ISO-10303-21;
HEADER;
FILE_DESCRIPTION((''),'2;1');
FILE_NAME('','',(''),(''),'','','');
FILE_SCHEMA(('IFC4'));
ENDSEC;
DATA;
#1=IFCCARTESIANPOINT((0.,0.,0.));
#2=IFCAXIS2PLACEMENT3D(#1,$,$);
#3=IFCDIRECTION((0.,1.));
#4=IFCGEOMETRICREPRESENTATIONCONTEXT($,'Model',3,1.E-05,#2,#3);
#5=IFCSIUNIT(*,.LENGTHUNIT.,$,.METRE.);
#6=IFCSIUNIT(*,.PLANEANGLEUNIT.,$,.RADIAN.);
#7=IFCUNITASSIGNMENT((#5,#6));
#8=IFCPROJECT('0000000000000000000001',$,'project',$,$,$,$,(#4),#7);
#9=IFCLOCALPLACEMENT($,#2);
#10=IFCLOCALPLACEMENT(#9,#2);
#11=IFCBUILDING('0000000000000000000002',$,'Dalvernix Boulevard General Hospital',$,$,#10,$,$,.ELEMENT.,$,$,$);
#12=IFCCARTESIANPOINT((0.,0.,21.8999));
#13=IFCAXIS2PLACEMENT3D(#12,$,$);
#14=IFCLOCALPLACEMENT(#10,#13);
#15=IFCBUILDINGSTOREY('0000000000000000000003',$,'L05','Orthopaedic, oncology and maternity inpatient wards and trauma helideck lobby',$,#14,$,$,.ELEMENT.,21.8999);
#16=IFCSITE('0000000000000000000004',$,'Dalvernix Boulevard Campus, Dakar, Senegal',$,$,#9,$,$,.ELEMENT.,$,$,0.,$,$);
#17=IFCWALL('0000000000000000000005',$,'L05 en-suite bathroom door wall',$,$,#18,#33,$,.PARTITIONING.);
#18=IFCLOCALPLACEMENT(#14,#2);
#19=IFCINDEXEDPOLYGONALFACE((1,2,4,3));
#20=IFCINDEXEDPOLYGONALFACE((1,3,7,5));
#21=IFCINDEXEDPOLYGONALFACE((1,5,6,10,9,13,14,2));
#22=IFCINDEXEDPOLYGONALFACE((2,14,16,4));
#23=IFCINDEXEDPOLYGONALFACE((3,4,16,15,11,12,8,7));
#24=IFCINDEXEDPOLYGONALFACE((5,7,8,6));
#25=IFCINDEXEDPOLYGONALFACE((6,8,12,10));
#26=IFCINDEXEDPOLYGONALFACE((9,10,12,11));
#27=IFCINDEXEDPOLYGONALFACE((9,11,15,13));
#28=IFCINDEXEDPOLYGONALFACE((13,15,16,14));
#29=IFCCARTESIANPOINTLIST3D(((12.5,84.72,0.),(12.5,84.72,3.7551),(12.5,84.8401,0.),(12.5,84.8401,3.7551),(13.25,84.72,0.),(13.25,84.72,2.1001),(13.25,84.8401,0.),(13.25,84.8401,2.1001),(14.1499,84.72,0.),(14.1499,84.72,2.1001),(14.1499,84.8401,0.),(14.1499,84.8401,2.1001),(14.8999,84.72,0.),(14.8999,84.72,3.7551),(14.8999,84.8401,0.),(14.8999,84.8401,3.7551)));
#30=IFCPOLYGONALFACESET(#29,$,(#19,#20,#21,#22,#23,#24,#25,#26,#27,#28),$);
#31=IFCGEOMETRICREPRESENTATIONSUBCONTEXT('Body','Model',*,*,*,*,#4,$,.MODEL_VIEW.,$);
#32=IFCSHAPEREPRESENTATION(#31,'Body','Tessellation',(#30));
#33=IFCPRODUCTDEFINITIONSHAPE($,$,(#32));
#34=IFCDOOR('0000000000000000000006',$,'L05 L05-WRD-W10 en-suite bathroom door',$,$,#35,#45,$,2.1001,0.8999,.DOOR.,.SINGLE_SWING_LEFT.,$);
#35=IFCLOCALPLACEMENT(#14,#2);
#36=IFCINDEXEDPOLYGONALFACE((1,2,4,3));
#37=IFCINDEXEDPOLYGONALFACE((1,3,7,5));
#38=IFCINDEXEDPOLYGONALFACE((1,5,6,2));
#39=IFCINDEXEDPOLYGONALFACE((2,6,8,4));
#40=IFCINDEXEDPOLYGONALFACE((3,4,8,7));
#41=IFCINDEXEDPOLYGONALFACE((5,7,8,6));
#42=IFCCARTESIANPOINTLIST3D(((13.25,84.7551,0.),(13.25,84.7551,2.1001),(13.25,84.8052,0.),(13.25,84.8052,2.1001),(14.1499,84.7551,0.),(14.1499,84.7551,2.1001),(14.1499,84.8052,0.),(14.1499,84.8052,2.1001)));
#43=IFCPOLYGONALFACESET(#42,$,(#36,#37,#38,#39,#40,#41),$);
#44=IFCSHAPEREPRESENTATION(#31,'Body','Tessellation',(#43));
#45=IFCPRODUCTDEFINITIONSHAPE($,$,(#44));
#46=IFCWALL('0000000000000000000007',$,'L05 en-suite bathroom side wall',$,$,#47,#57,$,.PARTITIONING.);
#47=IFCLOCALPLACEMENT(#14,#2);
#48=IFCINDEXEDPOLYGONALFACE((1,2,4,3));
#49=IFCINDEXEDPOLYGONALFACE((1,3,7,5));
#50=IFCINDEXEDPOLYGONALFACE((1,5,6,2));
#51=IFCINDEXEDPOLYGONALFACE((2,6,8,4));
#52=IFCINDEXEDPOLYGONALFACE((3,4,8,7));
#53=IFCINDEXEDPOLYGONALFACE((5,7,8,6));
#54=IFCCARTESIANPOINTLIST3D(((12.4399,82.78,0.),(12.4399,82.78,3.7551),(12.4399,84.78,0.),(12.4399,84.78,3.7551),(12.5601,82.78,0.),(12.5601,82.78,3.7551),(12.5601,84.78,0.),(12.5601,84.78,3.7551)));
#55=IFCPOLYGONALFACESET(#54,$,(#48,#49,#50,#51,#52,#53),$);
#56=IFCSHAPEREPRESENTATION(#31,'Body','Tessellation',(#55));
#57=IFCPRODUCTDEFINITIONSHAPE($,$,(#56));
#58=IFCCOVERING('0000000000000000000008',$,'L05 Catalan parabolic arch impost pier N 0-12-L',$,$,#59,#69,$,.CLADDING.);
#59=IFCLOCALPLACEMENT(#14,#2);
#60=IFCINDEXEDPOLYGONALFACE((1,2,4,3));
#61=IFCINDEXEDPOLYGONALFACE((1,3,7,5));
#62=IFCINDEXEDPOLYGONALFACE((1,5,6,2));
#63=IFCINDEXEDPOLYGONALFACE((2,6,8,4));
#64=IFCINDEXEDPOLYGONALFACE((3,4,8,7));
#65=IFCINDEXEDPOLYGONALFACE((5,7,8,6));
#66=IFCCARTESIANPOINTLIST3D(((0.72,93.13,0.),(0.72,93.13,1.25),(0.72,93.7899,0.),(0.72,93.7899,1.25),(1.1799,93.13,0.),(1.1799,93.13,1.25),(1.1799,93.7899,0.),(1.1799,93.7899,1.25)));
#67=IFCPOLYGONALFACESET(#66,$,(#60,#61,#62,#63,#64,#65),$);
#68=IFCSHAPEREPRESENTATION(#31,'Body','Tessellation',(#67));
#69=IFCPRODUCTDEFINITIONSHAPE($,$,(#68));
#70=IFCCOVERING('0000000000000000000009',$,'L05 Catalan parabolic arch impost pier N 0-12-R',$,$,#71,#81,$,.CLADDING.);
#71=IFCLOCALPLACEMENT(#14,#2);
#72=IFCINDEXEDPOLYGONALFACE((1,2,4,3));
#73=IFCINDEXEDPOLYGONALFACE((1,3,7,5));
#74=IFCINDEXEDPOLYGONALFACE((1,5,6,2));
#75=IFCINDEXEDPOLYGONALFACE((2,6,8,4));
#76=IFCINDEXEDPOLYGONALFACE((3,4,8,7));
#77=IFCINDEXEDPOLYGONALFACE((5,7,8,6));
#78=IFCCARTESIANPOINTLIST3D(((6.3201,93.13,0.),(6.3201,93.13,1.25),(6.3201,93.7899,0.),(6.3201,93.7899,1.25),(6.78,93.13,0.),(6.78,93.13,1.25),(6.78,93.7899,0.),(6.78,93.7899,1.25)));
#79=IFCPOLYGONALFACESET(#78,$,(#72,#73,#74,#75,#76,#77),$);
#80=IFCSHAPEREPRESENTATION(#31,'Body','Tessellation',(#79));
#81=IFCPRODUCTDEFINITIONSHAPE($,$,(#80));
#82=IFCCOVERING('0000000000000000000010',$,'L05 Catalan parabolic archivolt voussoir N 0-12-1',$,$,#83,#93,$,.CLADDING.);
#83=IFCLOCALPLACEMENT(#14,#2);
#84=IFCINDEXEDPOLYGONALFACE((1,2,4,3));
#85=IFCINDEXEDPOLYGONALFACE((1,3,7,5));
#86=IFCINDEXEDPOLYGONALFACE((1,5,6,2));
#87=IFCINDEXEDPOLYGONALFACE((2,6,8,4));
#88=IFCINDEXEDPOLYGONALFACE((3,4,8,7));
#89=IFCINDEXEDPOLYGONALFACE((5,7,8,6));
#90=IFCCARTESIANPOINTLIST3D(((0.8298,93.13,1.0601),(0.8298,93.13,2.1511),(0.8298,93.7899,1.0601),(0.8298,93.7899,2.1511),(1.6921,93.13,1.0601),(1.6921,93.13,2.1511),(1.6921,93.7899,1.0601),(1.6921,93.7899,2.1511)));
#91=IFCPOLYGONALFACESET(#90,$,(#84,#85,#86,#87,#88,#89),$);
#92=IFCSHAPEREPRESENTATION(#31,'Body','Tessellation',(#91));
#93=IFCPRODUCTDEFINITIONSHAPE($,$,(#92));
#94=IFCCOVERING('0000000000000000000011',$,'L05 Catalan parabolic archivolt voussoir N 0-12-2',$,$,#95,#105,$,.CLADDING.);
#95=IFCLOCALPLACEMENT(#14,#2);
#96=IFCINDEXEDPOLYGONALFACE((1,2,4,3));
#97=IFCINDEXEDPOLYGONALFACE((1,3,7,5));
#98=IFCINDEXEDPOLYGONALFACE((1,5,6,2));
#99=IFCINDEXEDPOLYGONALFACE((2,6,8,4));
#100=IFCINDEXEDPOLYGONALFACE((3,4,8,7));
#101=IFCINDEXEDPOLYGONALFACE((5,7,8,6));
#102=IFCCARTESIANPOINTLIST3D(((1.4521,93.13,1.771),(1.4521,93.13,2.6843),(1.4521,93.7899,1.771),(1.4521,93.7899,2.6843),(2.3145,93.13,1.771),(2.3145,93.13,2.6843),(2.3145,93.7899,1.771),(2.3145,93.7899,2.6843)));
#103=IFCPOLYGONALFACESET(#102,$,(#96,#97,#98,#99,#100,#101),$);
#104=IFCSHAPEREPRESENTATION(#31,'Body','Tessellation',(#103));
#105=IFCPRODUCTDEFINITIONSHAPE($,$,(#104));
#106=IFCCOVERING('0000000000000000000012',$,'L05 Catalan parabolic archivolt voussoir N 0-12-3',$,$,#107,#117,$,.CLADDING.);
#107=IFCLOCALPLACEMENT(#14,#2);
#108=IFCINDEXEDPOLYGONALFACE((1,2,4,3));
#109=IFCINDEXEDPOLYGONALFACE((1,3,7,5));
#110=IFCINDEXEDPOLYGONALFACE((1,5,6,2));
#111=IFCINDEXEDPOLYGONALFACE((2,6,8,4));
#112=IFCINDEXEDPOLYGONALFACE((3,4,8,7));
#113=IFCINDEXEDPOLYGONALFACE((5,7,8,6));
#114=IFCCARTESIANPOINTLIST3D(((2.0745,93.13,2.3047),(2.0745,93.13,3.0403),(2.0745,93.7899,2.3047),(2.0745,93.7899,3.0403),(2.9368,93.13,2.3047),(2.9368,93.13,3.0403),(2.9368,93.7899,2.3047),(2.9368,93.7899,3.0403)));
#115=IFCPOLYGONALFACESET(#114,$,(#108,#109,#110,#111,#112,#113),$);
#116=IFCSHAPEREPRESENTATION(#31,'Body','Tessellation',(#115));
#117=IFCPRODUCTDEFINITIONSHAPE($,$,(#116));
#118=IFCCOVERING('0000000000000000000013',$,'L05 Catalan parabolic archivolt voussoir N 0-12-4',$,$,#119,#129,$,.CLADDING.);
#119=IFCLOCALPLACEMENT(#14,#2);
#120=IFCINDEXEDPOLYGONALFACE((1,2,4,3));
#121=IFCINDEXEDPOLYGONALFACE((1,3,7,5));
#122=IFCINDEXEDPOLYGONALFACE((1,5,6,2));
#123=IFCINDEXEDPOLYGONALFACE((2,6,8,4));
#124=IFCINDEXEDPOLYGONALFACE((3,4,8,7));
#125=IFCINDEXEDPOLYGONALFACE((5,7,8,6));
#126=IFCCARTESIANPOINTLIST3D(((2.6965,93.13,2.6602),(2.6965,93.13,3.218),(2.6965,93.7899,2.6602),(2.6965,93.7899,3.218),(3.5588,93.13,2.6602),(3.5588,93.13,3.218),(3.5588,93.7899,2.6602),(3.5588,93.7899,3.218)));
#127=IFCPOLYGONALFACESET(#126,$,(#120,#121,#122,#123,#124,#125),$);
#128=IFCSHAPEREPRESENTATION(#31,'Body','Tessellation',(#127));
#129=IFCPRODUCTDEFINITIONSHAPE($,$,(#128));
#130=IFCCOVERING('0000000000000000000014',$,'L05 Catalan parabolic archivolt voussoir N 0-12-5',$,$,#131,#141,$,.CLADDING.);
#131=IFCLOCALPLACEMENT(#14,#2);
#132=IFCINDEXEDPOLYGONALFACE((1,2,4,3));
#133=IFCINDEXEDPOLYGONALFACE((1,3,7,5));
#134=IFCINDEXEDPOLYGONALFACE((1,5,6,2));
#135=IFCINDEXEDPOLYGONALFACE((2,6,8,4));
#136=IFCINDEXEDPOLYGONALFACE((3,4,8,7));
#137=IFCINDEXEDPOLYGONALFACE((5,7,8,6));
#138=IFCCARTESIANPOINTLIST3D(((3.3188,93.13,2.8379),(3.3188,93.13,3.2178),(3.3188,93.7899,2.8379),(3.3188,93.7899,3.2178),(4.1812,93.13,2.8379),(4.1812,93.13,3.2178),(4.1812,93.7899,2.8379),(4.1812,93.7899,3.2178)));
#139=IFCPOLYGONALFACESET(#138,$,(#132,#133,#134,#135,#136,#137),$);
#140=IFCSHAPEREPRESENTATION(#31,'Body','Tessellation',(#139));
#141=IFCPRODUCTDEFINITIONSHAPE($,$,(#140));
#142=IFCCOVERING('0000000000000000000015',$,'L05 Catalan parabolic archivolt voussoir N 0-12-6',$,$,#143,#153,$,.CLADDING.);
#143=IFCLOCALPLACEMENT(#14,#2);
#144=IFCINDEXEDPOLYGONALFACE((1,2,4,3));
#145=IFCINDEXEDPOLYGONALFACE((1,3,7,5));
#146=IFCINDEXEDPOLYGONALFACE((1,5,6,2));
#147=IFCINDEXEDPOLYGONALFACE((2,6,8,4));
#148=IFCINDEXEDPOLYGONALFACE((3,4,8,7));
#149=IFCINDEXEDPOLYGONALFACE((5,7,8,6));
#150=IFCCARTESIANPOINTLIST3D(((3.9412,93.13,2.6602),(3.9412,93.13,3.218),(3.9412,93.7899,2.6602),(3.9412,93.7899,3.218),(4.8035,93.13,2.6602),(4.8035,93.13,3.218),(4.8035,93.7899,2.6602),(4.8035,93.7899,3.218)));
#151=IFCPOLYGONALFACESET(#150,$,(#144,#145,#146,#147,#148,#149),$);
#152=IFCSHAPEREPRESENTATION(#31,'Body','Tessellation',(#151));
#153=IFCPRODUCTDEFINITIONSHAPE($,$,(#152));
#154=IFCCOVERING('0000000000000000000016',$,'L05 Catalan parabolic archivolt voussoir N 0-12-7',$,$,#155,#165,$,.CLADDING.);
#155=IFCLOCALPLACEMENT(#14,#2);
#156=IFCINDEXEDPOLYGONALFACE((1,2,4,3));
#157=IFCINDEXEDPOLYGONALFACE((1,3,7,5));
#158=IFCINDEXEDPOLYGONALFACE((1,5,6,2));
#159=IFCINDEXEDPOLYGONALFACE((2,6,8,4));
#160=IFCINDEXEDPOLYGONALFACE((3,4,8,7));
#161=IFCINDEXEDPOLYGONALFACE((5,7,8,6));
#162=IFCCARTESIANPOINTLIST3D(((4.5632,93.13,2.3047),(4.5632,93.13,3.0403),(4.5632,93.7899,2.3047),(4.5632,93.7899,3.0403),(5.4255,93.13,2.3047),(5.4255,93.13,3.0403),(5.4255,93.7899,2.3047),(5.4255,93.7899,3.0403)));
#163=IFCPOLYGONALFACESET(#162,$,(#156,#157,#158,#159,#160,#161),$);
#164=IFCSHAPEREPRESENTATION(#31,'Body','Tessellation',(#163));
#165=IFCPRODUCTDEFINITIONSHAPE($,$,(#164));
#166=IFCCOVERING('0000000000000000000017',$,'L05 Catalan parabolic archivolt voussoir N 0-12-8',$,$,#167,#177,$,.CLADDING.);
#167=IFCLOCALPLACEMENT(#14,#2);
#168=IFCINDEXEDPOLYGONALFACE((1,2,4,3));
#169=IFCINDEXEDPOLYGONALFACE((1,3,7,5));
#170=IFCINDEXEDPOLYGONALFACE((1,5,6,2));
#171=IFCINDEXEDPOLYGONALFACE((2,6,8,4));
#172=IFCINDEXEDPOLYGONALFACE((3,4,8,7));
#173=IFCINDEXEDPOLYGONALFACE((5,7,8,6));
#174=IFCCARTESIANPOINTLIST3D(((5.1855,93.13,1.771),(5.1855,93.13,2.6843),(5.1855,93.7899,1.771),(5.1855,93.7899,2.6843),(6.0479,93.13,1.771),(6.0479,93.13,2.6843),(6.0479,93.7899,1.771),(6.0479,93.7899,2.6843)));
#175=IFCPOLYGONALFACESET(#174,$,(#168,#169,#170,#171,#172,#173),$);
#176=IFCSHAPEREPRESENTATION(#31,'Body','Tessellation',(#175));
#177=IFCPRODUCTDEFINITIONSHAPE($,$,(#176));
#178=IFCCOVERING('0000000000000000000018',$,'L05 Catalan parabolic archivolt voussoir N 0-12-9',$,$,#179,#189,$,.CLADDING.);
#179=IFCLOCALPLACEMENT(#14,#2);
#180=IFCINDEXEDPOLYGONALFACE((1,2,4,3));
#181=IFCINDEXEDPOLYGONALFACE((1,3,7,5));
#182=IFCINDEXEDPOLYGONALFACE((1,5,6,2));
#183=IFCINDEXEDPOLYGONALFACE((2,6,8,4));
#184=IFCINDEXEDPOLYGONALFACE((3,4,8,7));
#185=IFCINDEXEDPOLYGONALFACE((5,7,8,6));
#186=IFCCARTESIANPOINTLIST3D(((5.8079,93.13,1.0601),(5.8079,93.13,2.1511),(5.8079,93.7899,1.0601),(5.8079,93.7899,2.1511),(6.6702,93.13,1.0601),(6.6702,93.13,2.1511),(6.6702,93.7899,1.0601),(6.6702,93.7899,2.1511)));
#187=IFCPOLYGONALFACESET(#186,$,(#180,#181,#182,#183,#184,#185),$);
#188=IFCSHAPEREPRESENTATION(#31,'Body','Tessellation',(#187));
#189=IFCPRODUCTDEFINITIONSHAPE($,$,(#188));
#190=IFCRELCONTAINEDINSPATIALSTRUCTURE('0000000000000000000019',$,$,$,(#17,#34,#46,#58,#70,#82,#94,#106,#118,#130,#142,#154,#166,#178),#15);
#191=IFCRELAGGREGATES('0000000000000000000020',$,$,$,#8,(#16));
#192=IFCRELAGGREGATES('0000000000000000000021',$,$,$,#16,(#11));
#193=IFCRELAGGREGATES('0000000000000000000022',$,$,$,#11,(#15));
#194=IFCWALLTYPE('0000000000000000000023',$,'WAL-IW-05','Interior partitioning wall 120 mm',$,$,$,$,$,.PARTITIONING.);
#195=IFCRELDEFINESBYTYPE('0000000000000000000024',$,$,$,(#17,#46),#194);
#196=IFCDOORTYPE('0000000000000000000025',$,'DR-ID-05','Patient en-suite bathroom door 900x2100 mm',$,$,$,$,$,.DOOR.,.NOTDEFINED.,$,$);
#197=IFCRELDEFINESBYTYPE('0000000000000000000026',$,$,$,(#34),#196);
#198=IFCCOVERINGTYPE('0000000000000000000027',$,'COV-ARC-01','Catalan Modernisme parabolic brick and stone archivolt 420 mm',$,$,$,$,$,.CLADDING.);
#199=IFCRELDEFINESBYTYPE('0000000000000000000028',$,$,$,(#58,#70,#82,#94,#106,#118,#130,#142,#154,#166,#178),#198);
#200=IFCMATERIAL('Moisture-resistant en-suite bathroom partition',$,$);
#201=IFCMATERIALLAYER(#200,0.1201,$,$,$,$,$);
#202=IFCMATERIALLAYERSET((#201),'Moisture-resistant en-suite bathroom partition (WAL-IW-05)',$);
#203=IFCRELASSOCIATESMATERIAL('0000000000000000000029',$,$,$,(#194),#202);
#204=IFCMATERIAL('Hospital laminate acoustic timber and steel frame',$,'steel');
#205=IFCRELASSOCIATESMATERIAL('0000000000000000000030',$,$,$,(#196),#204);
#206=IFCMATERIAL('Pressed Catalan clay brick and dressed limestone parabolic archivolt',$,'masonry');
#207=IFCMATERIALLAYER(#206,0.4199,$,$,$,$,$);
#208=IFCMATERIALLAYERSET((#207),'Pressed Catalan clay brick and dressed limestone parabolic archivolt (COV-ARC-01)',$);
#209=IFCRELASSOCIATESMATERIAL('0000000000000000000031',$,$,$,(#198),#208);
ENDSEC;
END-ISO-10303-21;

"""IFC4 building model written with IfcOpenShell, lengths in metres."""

from ifc_helpers import new_model, si_unit, direction, frame, frame_2d, origin, origin_2d, place, context, subcontext, project, spatial, rectangle, extrude, material, layer, layer_set, type_object, element, fill, save


model = new_model("IFC4")

# Units and contexts
model_context = context("Model", 3, precision=1e-05, world=origin(), true_north=direction((0.0, 1.0)))
body_context = subcontext(model_context, "Body", "Model", "MODEL_VIEW")
ifc_project = project(units=[si_unit("LENGTHUNIT", "METRE"), si_unit("PLANEANGLEUNIT", "RADIAN")], contexts=[model_context])

# Site, building, storey
site_placement = place(None, origin())
site = spatial("IfcSite", under=ifc_project, at=site_placement, Name="Dalvernix Boulevard Campus, Dakar, Senegal", CompositionType="ELEMENT", RefElevation=0.0)
building_placement = place(site_placement, origin())
building = spatial("IfcBuilding", under=site, at=building_placement, Name="Dalvernix Boulevard General Hospital", CompositionType="ELEMENT")
storey_placement = place(building_placement, frame((0.0, 0.0, 21.8999)))
storey = spatial("IfcBuildingStorey", under=building, at=storey_placement, Name="L05", Description="Orthopaedic, oncology and maternity inpatient wards and trauma helideck lobby", CompositionType="ELEMENT", Elevation=21.8999)

# Shared definitions
ifc_material_1 = material(Name="Hospital laminate acoustic timber and steel frame", Category="steel")

# Wall, opening, door
ifc_material_2 = material(Name="Moisture-resistant en-suite bathroom partition")
ifc_layer_1 = layer(ifc_material_2, 0.1201)
ifc_layer_set_1 = layer_set([ifc_layer_1], Name="Moisture-resistant en-suite bathroom partition (WAL-IW-05)")
wall_type_1 = type_object("IfcWallType", Name="WAL-IW-05", Description="Interior partitioning wall 120 mm", PredefinedType="PARTITIONING", material=ifc_layer_set_1)
wall_1_placement = place(storey_placement, frame((14.8999, 84.78, 0.0), z_axis=(0.0, 0.0, 1.0), x_axis=(-1.0, 0.0, 0.0)))
wall_1 = element("IfcWall", 1, at=wall_1_placement, inside=storey, type_object=wall_type_1, Name="L05 en-suite bathroom door wall", PredefinedType="PARTITIONING", context=body_context, shape_type="SweptSolid", body=[
    extrude(rectangle(XDim=2.3999, YDim=0.1201, at=frame_2d((1.2, 0.0))), origin(), (0.0, 0.0, 1.0), 3.7551),
])
opening_1_placement = place(wall_1_placement, frame((0.75, 0.0, 0.0)))
opening_1 = element("IfcOpeningElement", 2, at=opening_1_placement, cuts=wall_1, PredefinedType="OPENING", context=body_context, shape_type="SweptSolid", body=[
    extrude(rectangle(XDim=0.8999, YDim=2.1001, at=frame_2d((0.45, 1.05))), frame((0.0, 0.0701, 0.0), z_axis=(0.0, -1.0, 0.0), x_axis=(1.0, 0.0, 0.0)), (0.0, 0.0, 1.0), 0.1401),
])
door_type_1 = type_object("IfcDoorType", Name="DR-ID-05", Description="Patient en-suite bathroom door 900x2100 mm", OperationType="NOTDEFINED", PredefinedType="DOOR", material=ifc_material_1)
door_1_placement = place(opening_1_placement, origin())
door_1 = element("IfcDoor", 3, at=door_1_placement, inside=storey, type_object=door_type_1, Name="L05 L05-WRD-W10 en-suite bathroom door", OperationType="SINGLE_SWING_LEFT", OverallHeight=2.1001, OverallWidth=0.8999, PredefinedType="DOOR", context=body_context, shape_type="SweptSolid", body=[
    extrude(rectangle(XDim=0.8999, YDim=2.1001, at=frame_2d((0.45, 1.05))), frame((0.0, 0.0249, 0.0), z_axis=(0.0, -1.0, 0.0), x_axis=(1.0, 0.0, 0.0)), (0.0, 0.0, 1.0), 0.05),
])
fill(opening_1, door_1)

# Wall
wall_2_placement = place(storey_placement, frame((12.5, 82.78, 0.0), z_axis=(0.0, 0.0, 1.0), x_axis=(0.0, 1.0, 0.0)))
element("IfcWall", 4, at=wall_2_placement, inside=storey, type_object=wall_type_1, Name="L05 en-suite bathroom side wall", PredefinedType="PARTITIONING", context=body_context, shape_type="SweptSolid", body=[
    extrude(rectangle(XDim=2.0, YDim=0.1201, at=frame_2d((1.0, 0.0))), origin(), (0.0, 0.0, 1.0), 3.7551),
])

# Coverings
ifc_material_3 = material(Name="Pressed Catalan clay brick and dressed limestone parabolic archivolt", Category="masonry")
ifc_layer_2 = layer(ifc_material_3, 0.4199)
ifc_layer_set_2 = layer_set([ifc_layer_2], Name="Pressed Catalan clay brick and dressed limestone parabolic archivolt (COV-ARC-01)")
covering_type_1 = type_object("IfcCoveringType", Name="COV-ARC-01", Description="Catalan Modernisme parabolic brick and stone archivolt 420 mm", PredefinedType="CLADDING", material=ifc_layer_set_2)
for number, where, z_axis, x_axis, name in (
    (5, (0.95, 93.46, 0.0), (0.0, 0.0, 1.0), (1.0, 0.0, 0.0), "L05 Catalan parabolic arch impost pier N 0-12-L"),
    (6, (6.55, 93.46, 0.0), (0.0, 0.0, 1.0), (1.0, 0.0, 0.0), "L05 Catalan parabolic arch impost pier N 0-12-R"),
):
    element("IfcCovering", number, at=place(storey_placement, frame(where, z_axis=z_axis, x_axis=x_axis)), inside=storey, type_object=covering_type_1, Name=name, PredefinedType="CLADDING", context=body_context, shape_type="SweptSolid", body=[
        extrude(rectangle(XDim=0.46, YDim=0.6599, at=origin_2d()), origin(), (0.0, 0.0, 1.0), 1.25),
    ])
covering_1_placement = place(storey_placement, frame((1.261, 93.46, 1.0601), z_axis=(0.0, 0.0, 1.0), x_axis=(1.0, 0.0, 0.0)))
element("IfcCovering", 7, at=covering_1_placement, inside=storey, type_object=covering_type_1, Name="L05 Catalan parabolic archivolt voussoir N 0-12-1", PredefinedType="CLADDING", context=body_context, shape_type="SweptSolid", body=[
    extrude(rectangle(XDim=0.8623, YDim=0.6599, at=origin_2d()), origin(), (0.0, 0.0, 1.0), 1.0911),
])
covering_2_placement = place(storey_placement, frame((1.8833, 93.46, 1.771), z_axis=(0.0, 0.0, 1.0), x_axis=(1.0, 0.0, 0.0)))
element("IfcCovering", 8, at=covering_2_placement, inside=storey, type_object=covering_type_1, Name="L05 Catalan parabolic archivolt voussoir N 0-12-2", PredefinedType="CLADDING", context=body_context, shape_type="SweptSolid", body=[
    extrude(rectangle(XDim=0.8623, YDim=0.6599, at=origin_2d()), origin(), (0.0, 0.0, 1.0), 0.9133),
])
covering_3_placement = place(storey_placement, frame((2.5056, 93.46, 2.3047), z_axis=(0.0, 0.0, 1.0), x_axis=(1.0, 0.0, 0.0)))
element("IfcCovering", 9, at=covering_3_placement, inside=storey, type_object=covering_type_1, Name="L05 Catalan parabolic archivolt voussoir N 0-12-3", PredefinedType="CLADDING", context=body_context, shape_type="SweptSolid", body=[
    extrude(rectangle(XDim=0.8623, YDim=0.6599, at=origin_2d()), origin(), (0.0, 0.0, 1.0), 0.7356),
])
covering_4_placement = place(storey_placement, frame((3.1277, 93.46, 2.6602), z_axis=(0.0, 0.0, 1.0), x_axis=(1.0, 0.0, 0.0)))
element("IfcCovering", 10, at=covering_4_placement, inside=storey, type_object=covering_type_1, Name="L05 Catalan parabolic archivolt voussoir N 0-12-4", PredefinedType="CLADDING", context=body_context, shape_type="SweptSolid", body=[
    extrude(rectangle(XDim=0.8623, YDim=0.6599, at=origin_2d()), origin(), (0.0, 0.0, 1.0), 0.5579),
])
covering_5_placement = place(storey_placement, frame((3.75, 93.46, 2.8379), z_axis=(0.0, 0.0, 1.0), x_axis=(1.0, 0.0, 0.0)))
element("IfcCovering", 11, at=covering_5_placement, inside=storey, type_object=covering_type_1, Name="L05 Catalan parabolic archivolt voussoir N 0-12-5", PredefinedType="CLADDING", context=body_context, shape_type="SweptSolid", body=[
    extrude(rectangle(XDim=0.8623, YDim=0.6599, at=origin_2d()), origin(), (0.0, 0.0, 1.0), 0.3799),
])
covering_6_placement = place(storey_placement, frame((4.3723, 93.46, 2.6602), z_axis=(0.0, 0.0, 1.0), x_axis=(1.0, 0.0, 0.0)))
element("IfcCovering", 12, at=covering_6_placement, inside=storey, type_object=covering_type_1, Name="L05 Catalan parabolic archivolt voussoir N 0-12-6", PredefinedType="CLADDING", context=body_context, shape_type="SweptSolid", body=[
    extrude(rectangle(XDim=0.8623, YDim=0.6599, at=origin_2d()), origin(), (0.0, 0.0, 1.0), 0.5579),
])
covering_7_placement = place(storey_placement, frame((4.9944, 93.46, 2.3047), z_axis=(0.0, 0.0, 1.0), x_axis=(1.0, 0.0, 0.0)))
element("IfcCovering", 13, at=covering_7_placement, inside=storey, type_object=covering_type_1, Name="L05 Catalan parabolic archivolt voussoir N 0-12-7", PredefinedType="CLADDING", context=body_context, shape_type="SweptSolid", body=[
    extrude(rectangle(XDim=0.8623, YDim=0.6599, at=origin_2d()), origin(), (0.0, 0.0, 1.0), 0.7356),
])
covering_8_placement = place(storey_placement, frame((5.6167, 93.46, 1.771), z_axis=(0.0, 0.0, 1.0), x_axis=(1.0, 0.0, 0.0)))
element("IfcCovering", 14, at=covering_8_placement, inside=storey, type_object=covering_type_1, Name="L05 Catalan parabolic archivolt voussoir N 0-12-8", PredefinedType="CLADDING", context=body_context, shape_type="SweptSolid", body=[
    extrude(rectangle(XDim=0.8623, YDim=0.6599, at=origin_2d()), origin(), (0.0, 0.0, 1.0), 0.9133),
])
covering_9_placement = place(storey_placement, frame((6.239, 93.46, 1.0601), z_axis=(0.0, 0.0, 1.0), x_axis=(1.0, 0.0, 0.0)))
element("IfcCovering", 15, at=covering_9_placement, inside=storey, type_object=covering_type_1, Name="L05 Catalan parabolic archivolt voussoir N 0-12-9", PredefinedType="CLADDING", context=body_context, shape_type="SweptSolid", body=[
    extrude(rectangle(XDim=0.8623, YDim=0.6599, at=origin_2d()), origin(), (0.0, 0.0, 1.0), 1.0911),
])

save(model, "model.ifc")
